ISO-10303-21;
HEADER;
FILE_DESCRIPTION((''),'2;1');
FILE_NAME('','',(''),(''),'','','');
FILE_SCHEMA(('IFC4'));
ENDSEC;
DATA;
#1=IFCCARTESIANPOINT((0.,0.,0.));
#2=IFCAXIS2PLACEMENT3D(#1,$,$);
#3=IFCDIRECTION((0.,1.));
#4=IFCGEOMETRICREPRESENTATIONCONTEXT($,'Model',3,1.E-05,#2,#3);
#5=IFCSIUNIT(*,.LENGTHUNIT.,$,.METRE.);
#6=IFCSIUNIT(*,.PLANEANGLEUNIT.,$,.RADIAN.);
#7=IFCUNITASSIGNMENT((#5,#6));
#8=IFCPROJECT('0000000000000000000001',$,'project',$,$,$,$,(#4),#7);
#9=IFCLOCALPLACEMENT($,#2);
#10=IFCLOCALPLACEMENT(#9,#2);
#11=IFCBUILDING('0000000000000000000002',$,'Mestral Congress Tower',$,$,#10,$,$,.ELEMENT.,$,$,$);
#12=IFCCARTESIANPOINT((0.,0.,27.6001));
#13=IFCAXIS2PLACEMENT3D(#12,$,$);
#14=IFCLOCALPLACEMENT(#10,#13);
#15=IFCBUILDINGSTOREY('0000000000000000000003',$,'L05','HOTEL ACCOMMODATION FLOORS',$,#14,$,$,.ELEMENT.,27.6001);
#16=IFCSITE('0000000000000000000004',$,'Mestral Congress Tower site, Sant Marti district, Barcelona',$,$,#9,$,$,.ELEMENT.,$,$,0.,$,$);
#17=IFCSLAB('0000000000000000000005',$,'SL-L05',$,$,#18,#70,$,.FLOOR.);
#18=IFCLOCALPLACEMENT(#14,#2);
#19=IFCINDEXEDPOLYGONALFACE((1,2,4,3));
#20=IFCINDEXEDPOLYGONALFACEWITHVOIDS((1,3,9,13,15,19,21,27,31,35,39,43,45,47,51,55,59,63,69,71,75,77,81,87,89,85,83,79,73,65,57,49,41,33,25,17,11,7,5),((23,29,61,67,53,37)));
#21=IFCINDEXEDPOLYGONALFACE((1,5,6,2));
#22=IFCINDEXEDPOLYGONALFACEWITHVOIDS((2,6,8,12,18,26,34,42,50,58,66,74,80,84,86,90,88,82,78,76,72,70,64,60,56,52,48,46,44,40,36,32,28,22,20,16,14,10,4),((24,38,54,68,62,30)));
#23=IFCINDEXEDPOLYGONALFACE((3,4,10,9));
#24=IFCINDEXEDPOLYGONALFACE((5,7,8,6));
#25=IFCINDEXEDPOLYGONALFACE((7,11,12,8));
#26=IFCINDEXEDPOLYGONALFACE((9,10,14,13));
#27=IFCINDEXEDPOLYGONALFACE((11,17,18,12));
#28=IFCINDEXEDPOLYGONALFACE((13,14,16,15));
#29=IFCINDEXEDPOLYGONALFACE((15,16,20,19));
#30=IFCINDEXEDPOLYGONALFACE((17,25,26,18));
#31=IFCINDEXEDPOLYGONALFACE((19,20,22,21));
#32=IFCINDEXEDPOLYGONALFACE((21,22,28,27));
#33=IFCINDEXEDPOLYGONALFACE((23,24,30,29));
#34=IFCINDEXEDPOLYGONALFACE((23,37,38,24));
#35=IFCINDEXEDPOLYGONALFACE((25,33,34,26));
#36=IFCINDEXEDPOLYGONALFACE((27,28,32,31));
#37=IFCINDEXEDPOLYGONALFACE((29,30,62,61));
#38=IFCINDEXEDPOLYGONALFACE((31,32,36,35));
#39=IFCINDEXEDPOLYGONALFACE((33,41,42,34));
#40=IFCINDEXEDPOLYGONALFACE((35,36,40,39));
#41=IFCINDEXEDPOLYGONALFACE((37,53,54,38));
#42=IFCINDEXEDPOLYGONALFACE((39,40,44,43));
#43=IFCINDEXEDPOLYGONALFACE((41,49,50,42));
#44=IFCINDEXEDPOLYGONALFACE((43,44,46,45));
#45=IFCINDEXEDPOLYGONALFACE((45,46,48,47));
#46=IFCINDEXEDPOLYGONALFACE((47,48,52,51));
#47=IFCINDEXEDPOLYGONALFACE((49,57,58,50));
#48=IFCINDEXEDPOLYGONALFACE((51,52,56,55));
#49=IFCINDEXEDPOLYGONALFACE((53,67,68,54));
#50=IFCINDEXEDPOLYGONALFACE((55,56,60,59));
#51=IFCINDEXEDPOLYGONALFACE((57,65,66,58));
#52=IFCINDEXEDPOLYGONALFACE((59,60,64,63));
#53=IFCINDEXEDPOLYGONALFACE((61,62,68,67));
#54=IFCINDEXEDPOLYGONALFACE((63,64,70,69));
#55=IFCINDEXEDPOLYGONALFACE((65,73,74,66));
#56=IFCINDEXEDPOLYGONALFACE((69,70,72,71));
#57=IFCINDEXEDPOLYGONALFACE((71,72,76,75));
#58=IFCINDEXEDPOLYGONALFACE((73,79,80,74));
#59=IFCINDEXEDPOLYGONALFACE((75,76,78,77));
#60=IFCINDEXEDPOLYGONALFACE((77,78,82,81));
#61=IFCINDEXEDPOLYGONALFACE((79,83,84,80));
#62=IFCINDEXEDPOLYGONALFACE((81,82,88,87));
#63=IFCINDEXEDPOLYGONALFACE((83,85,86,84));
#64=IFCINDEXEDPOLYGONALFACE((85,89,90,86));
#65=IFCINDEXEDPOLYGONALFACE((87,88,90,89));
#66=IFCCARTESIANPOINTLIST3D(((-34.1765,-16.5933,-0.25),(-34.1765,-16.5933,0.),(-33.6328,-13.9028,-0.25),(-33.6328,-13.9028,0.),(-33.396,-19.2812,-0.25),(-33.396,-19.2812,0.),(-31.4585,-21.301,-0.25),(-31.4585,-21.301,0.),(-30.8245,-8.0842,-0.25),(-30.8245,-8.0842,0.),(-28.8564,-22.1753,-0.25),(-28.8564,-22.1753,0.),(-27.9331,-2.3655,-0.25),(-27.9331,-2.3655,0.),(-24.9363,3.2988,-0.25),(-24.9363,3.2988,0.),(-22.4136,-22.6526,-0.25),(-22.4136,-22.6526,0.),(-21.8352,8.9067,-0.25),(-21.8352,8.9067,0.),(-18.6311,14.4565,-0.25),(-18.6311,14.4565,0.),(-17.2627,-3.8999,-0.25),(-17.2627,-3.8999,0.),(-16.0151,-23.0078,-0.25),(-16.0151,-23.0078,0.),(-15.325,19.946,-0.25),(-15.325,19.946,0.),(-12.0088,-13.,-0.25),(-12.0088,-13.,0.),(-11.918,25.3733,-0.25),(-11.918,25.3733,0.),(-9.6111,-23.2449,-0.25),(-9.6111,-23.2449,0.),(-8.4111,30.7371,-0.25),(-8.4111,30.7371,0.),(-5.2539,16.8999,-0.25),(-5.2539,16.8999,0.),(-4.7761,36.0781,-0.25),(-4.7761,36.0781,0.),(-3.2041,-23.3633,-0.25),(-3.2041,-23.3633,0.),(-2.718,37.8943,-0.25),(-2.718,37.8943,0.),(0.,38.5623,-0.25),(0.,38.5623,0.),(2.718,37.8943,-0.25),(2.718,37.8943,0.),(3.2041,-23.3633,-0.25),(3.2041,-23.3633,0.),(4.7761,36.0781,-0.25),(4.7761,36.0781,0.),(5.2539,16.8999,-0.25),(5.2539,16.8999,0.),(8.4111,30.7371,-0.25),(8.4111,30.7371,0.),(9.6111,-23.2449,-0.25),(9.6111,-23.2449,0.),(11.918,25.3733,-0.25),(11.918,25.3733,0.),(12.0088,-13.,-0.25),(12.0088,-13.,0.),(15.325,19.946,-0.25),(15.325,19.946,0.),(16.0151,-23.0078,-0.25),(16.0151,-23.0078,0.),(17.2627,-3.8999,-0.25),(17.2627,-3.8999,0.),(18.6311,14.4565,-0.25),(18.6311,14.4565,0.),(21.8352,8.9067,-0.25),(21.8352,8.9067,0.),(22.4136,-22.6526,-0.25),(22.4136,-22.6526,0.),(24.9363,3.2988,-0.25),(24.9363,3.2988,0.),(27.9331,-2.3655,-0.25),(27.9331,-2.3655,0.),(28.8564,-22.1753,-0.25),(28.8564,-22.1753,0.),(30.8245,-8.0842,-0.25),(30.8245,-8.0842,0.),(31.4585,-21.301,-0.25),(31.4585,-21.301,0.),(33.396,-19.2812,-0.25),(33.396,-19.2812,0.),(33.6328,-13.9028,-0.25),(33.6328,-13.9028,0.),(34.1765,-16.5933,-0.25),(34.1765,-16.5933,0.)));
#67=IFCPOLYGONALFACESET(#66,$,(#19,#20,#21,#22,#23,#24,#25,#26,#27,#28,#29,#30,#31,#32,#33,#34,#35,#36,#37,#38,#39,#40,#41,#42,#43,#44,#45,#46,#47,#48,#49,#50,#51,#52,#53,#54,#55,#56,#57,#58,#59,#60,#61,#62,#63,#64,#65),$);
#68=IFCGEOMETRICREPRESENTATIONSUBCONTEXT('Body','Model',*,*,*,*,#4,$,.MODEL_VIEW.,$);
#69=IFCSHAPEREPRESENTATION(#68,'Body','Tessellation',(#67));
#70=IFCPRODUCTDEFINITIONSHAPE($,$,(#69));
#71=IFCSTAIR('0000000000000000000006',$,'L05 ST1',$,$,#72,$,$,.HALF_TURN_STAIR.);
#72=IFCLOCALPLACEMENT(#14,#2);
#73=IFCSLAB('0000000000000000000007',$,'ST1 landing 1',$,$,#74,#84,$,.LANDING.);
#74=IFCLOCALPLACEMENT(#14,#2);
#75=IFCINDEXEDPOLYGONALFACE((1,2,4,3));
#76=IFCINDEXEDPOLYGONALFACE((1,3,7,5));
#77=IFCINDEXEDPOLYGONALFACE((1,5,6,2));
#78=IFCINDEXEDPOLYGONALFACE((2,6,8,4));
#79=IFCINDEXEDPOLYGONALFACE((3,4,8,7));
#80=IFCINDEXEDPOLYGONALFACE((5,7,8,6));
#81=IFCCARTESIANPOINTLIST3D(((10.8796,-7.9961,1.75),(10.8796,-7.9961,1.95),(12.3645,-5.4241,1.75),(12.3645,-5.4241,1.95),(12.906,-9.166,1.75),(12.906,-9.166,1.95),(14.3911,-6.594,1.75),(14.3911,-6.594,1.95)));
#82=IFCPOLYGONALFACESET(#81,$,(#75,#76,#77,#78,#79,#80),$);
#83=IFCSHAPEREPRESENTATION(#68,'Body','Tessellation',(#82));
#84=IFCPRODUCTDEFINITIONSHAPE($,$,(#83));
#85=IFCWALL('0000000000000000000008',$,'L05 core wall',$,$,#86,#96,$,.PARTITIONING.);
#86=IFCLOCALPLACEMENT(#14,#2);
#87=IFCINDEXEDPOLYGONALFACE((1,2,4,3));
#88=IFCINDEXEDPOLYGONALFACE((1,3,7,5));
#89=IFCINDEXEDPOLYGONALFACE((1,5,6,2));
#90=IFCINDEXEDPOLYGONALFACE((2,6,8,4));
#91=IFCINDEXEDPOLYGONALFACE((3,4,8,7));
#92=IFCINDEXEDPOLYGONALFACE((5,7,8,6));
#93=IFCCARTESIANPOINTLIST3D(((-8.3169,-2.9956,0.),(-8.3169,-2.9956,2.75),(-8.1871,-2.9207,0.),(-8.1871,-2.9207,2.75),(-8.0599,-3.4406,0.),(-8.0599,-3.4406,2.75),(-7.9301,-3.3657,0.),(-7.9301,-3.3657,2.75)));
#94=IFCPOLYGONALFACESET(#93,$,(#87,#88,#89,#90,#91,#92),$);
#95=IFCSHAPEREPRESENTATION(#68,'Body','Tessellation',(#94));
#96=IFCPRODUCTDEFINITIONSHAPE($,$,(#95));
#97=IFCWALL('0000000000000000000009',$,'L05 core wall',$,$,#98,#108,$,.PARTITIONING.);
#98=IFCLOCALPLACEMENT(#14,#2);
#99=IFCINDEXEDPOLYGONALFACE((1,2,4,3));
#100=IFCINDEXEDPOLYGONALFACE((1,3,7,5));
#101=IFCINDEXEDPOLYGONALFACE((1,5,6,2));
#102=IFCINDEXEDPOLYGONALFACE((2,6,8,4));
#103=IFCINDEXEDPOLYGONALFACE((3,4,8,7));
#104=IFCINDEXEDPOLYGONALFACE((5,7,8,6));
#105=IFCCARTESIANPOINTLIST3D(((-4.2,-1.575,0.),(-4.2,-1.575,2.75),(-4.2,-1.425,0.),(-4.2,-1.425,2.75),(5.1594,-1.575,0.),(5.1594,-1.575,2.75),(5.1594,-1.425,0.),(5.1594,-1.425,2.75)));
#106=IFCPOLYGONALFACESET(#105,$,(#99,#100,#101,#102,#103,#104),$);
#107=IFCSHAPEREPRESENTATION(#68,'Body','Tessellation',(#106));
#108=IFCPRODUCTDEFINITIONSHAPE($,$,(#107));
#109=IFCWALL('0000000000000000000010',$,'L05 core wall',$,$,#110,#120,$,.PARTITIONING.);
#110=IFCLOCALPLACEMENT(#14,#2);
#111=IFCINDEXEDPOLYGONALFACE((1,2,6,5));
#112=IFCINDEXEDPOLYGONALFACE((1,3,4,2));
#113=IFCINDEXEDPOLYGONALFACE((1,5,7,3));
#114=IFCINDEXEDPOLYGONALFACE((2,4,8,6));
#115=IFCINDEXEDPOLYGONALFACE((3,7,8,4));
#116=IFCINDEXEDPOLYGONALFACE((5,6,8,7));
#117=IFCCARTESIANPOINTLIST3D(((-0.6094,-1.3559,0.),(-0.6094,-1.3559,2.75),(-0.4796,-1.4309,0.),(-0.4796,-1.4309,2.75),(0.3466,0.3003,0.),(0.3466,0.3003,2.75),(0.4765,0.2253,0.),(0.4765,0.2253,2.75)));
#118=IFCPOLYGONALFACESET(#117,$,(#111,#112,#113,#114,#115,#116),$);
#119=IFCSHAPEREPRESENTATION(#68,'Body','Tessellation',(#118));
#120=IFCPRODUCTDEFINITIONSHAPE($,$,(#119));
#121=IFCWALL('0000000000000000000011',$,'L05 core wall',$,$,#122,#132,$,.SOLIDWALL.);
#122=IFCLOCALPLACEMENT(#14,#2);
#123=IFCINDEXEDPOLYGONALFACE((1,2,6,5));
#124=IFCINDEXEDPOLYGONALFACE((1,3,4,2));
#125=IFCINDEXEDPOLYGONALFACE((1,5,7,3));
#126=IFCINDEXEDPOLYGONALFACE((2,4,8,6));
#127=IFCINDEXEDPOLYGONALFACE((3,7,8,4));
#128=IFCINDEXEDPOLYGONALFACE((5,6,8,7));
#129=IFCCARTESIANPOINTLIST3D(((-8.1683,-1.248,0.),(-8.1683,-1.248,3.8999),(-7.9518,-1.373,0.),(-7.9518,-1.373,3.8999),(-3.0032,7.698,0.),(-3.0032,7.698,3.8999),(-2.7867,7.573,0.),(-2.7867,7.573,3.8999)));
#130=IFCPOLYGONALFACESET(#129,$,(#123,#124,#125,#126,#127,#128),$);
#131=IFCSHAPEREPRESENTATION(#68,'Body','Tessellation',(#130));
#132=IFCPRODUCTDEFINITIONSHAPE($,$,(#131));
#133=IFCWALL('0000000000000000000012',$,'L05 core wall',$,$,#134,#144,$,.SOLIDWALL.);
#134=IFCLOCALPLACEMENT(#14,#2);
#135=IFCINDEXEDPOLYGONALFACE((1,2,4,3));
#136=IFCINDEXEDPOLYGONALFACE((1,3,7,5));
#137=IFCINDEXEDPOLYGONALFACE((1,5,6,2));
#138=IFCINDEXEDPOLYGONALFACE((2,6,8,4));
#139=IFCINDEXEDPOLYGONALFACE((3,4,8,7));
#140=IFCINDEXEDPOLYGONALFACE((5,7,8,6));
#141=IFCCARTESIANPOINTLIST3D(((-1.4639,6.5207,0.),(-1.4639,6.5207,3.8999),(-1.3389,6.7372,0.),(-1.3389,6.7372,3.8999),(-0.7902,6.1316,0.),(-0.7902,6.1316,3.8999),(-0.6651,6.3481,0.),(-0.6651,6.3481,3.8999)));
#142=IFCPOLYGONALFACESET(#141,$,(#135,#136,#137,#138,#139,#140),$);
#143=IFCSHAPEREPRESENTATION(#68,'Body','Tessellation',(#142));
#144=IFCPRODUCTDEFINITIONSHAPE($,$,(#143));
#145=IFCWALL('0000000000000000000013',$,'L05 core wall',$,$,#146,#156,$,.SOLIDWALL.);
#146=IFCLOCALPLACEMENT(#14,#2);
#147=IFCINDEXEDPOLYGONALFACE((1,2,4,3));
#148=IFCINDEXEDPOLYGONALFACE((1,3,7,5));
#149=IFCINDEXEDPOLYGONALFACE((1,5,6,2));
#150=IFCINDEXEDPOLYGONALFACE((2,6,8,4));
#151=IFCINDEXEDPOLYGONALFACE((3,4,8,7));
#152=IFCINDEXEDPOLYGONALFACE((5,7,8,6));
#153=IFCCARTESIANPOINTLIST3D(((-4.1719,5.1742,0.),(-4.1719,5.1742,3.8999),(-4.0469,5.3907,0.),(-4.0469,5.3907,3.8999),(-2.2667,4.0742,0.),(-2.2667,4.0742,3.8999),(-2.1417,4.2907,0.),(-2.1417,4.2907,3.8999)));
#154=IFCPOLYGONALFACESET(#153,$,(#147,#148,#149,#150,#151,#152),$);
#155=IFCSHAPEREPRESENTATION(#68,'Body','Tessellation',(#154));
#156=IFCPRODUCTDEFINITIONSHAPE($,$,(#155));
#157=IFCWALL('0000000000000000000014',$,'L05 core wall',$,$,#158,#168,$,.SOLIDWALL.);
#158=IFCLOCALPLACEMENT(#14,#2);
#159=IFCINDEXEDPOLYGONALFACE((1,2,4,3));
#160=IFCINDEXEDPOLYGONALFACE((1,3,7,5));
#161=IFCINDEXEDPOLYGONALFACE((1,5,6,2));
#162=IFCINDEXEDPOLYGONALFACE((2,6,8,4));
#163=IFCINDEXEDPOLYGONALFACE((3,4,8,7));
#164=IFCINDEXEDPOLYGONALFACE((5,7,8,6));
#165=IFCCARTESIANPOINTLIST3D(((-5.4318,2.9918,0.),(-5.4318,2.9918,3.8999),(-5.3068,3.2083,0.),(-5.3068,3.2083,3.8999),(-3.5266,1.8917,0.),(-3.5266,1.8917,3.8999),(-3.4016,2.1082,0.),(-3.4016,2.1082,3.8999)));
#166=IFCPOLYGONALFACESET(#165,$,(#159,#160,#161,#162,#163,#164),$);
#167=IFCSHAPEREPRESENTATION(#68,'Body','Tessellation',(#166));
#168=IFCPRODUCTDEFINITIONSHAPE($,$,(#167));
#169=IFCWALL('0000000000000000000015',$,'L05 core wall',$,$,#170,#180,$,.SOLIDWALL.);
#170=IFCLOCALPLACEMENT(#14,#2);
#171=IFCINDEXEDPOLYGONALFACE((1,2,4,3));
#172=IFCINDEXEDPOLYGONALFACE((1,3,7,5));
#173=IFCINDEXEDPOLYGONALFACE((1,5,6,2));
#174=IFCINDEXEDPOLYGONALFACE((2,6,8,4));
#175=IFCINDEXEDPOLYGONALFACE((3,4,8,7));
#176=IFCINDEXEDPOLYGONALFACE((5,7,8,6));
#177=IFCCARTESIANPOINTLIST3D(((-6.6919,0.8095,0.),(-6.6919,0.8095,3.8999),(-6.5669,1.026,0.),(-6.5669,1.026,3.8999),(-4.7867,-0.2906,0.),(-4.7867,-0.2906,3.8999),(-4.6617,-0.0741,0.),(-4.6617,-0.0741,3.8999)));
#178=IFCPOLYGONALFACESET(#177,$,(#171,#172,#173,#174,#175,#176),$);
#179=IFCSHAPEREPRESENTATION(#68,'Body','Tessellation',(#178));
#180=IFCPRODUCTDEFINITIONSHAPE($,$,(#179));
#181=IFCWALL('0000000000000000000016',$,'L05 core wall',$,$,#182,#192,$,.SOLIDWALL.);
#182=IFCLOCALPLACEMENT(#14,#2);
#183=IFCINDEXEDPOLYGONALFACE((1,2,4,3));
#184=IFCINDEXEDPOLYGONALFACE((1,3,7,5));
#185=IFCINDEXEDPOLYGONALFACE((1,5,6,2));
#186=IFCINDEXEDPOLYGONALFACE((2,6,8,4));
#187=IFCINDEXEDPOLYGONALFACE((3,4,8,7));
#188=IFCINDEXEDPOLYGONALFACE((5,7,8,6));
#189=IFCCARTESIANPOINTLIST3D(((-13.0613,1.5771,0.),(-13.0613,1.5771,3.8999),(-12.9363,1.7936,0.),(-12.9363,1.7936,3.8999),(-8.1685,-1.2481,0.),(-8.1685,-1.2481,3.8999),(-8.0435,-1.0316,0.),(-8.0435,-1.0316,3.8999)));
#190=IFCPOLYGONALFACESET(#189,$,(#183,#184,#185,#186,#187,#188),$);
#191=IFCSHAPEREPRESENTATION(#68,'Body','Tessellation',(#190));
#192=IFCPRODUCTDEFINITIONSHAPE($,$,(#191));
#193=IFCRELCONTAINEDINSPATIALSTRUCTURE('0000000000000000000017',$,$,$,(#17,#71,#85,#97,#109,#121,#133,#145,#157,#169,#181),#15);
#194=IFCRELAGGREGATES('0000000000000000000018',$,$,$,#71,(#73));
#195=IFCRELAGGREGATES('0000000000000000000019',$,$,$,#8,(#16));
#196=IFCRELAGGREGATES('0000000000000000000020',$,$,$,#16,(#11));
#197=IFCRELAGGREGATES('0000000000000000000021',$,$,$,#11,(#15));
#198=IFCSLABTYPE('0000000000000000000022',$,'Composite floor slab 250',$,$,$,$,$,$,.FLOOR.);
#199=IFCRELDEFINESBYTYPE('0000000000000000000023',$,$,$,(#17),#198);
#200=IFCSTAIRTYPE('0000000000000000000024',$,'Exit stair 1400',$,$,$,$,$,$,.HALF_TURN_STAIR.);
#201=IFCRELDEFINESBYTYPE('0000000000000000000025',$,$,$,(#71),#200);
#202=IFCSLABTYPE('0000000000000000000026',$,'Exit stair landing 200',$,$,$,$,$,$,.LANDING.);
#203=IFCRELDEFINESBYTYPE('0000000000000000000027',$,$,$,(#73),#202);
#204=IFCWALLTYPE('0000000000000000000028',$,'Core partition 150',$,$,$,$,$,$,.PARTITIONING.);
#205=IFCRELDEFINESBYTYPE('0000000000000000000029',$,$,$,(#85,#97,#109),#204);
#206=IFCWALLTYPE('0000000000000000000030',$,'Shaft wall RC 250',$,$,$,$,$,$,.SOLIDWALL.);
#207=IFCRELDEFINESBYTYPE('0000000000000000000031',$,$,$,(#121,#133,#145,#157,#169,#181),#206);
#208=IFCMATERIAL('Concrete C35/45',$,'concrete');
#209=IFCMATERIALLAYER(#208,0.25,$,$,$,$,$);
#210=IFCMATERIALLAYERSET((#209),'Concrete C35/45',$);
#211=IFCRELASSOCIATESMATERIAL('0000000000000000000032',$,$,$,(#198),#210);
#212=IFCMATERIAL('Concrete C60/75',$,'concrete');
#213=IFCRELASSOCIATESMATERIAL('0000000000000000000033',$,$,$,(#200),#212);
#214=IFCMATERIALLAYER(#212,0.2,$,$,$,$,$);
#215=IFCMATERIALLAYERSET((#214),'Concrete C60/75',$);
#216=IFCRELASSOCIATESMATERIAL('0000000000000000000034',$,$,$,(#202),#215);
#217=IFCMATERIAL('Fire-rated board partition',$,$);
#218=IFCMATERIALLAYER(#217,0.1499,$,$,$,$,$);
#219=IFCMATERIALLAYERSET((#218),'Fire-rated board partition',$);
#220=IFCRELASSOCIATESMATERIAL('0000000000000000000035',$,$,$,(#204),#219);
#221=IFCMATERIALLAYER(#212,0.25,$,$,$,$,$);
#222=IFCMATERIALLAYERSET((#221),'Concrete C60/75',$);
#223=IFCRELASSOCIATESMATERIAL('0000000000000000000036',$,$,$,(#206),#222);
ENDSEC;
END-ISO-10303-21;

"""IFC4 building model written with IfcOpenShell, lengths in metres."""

from ifc_helpers import new_model, si_unit, direction, frame, frame_2d, origin, place, context, subcontext, project, spatial, polyline, rectangle, outline, extrude, material, layer, layer_set, type_object, element, aggregate, save


model = new_model("IFC4")

# Units and contexts
model_context = context("Model", 3, precision=1e-05, world=origin(), true_north=direction((0.0, 1.0)))
body_context = subcontext(model_context, "Body", "Model", "MODEL_VIEW")
ifc_project = project(units=[si_unit("LENGTHUNIT", "METRE"), si_unit("PLANEANGLEUNIT", "RADIAN")], contexts=[model_context])

# Site, building, storey
site_placement = place(None, origin())
site = spatial("IfcSite", under=ifc_project, at=site_placement, Name="Mestral Congress Tower site, Sant Marti district, Barcelona", CompositionType="ELEMENT", RefElevation=0.0)
building_placement = place(site_placement, origin())
building = spatial("IfcBuilding", under=site, at=building_placement, Name="Mestral Congress Tower", CompositionType="ELEMENT")
storey_placement = place(building_placement, frame((0.0, 0.0, 27.6001)))
storey = spatial("IfcBuildingStorey", under=building, at=storey_placement, Name="L05", Description="HOTEL ACCOMMODATION FLOORS", CompositionType="ELEMENT", Elevation=27.6001)

# Slab
ifc_material_1 = material(Name="Concrete C35/45", Category="concrete")
ifc_layer_1 = layer(ifc_material_1, 0.25)
ifc_layer_set_1 = layer_set([ifc_layer_1], Name="Concrete C35/45")
slab_type_1 = type_object("IfcSlabType", Name="Composite floor slab 250", PredefinedType="FLOOR", material=ifc_layer_set_1)
slab_1_placement = place(storey_placement, frame((0.0, 0.0, -0.25)))
element("IfcSlab", 1, at=slab_1_placement, inside=storey, type_object=slab_type_1, Name="SL-L05", PredefinedType="FLOOR", context=body_context, shape_type="SweptSolid", body=[
    extrude(outline(polyline([(-28.8564, -22.1753), (-31.4585, -21.301), (-33.396, -19.2812), (-34.1765, -16.5933), (-33.6328, -13.9028), (-30.8245, -8.0842), (-27.9331, -2.3655), (-24.9363, 3.2988), (-21.8352, 8.9067), (-18.6311, 14.4565), (-15.325, 19.946), (-11.918, 25.3733), (-8.4111, 30.7371), (-4.7761, 36.0781), (-2.718, 37.8943), (0.0, 38.5623), (2.718, 37.8943), (4.7761, 36.0781), (8.4111, 30.7371), (11.918, 25.3733), (15.325, 19.946), (18.6311, 14.4565), (21.8352, 8.9067), (24.9363, 3.2988), (27.9331, -2.3655), (30.8245, -8.0842), (33.6328, -13.9028), (34.1765, -16.5933), (33.396, -19.2812), (31.4585, -21.301), (28.8564, -22.1753), (22.4136, -22.6526), (16.0151, -23.0078), (9.6111, -23.2449), (3.2041, -23.3633), (-3.2041, -23.3633), (-9.6111, -23.2449), (-16.0151, -23.0078), (-22.4136, -22.6526), (-28.8564, -22.1753)]), holes=[polyline([(-5.2539, 16.8999), (-17.2627, -3.8999), (-12.0088, -13.0), (12.0088, -13.0), (17.2627, -3.8999), (5.2539, 16.8999), (-5.2539, 16.8999)])]), origin(), (0.0, 0.0, 1.0), 0.25),
])

# Stair, slab
ifc_material_2 = material(Name="Concrete C60/75", Category="concrete")
stair_type = type_object("IfcStairType", Name="Exit stair 1400", PredefinedType="HALF_TURN_STAIR", material=ifc_material_2)
stair_placement = place(storey_placement, origin())
stair = element("IfcStair", 2, at=stair_placement, inside=storey, type_object=stair_type, Name="L05 ST1", PredefinedType="HALF_TURN_STAIR")
ifc_layer_2 = layer(ifc_material_2, 0.2)
ifc_layer_set_2 = layer_set([ifc_layer_2], Name="Concrete C60/75")
slab_type_2 = type_object("IfcSlabType", Name="Exit stair landing 200", PredefinedType="LANDING", material=ifc_layer_set_2)
slab_2_placement = place(storey_placement, frame((0.0, 0.0, 1.75)))
slab_2 = element("IfcSlab", 3, at=slab_2_placement, type_object=slab_type_2, Name="ST1 landing 1", PredefinedType="LANDING", context=body_context, shape_type="SweptSolid", body=[
    extrude(outline(polyline([(10.8796, -7.9961), (12.3645, -5.4241), (14.3911, -6.594), (12.906, -9.166), (10.8796, -7.9961)])), origin(), (0.0, 0.0, 1.0), 0.2),
])
aggregate(stair, [slab_2])

# Walls
ifc_material_3 = material(Name="Fire-rated board partition")
ifc_layer_3 = layer(ifc_material_3, 0.1499)
ifc_layer_set_3 = layer_set([ifc_layer_3], Name="Fire-rated board partition")
wall_type_1 = type_object("IfcWallType", Name="Core partition 150", PredefinedType="PARTITIONING", material=ifc_layer_set_3)
wall_1_placement = place(storey_placement, frame((-8.252, -2.9583, 0.0), z_axis=(0.0, 0.0, 1.0), x_axis=(0.500175, -0.865925, 0.0)))
element("IfcWall", 4, at=wall_1_placement, inside=storey, type_object=wall_type_1, Name="L05 core wall", PredefinedType="PARTITIONING", context=body_context, shape_type="SweptSolid", body=[
    extrude(rectangle(XDim=0.5139, YDim=0.1499, at=frame_2d((0.2568, 0.0))), origin(), (0.0, 0.0, 1.0), 2.75),
])
wall_2_placement = place(storey_placement, frame((-4.2, -1.5, 0.0), z_axis=(0.0, 0.0, 1.0), x_axis=(1.0, 0.0, 0.0)))
element("IfcWall", 5, at=wall_2_placement, inside=storey, type_object=wall_type_1, Name="L05 core wall", PredefinedType="PARTITIONING", context=body_context, shape_type="SweptSolid", body=[
    extrude(rectangle(XDim=9.3594, YDim=0.1499, at=frame_2d((4.6797, 0.0))), origin(), (0.0, 0.0, 1.0), 2.75),
])
wall_3_placement = place(storey_placement, frame((-0.5444, -1.3933, 0.0), z_axis=(0.0, 0.0, 1.0), x_axis=(0.499929, 0.866067, 0.0)))
element("IfcWall", 6, at=wall_3_placement, inside=storey, type_object=wall_type_1, Name="L05 core wall", PredefinedType="PARTITIONING", context=body_context, shape_type="SweptSolid", body=[
    extrude(rectangle(XDim=1.9124, YDim=0.1499, at=frame_2d((0.9561, 0.0))), origin(), (0.0, 0.0, 1.0), 2.75),
])
ifc_layer_4 = layer(ifc_material_2, 0.25)
ifc_layer_set_4 = layer_set([ifc_layer_4], Name="Concrete C60/75")
wall_type_2 = type_object("IfcWallType", Name="Shaft wall RC 250", PredefinedType="SOLIDWALL", material=ifc_layer_set_4)
wall_4_placement = place(storey_placement, frame((-8.0601, -1.3105, 0.0), z_axis=(0.0, 0.0, 1.0), x_axis=(0.500003, 0.866024, 0.0)))
element("IfcWall", 7, at=wall_4_placement, inside=storey, type_object=wall_type_2, Name="L05 core wall", PredefinedType="SOLIDWALL", context=body_context, shape_type="SweptSolid", body=[
    extrude(rectangle(XDim=10.3301, YDim=0.25, at=frame_2d((5.165, 0.0))), origin(), (0.0, 0.0, 1.0), 3.8999),
])
wall_5_placement = place(storey_placement, frame((-0.7275, 6.2397, 0.0), z_axis=(0.0, 0.0, 1.0), x_axis=(-0.865956, 0.500121, 0.0)))
element("IfcWall", 8, at=wall_5_placement, inside=storey, type_object=wall_type_2, Name="L05 core wall", PredefinedType="SOLIDWALL", context=body_context, shape_type="SweptSolid", body=[
    extrude(rectangle(XDim=0.7781, YDim=0.25, at=frame_2d((0.3892, 0.0))), origin(), (0.0, 0.0, 1.0), 3.8999),
])
for number, where, z_axis, x_axis, name in (
    (9, (-2.2041, 4.1824, 0.0), (0.0, 0.0, 1.0), (-0.866008, 0.50003, 0.0), "L05 core wall"),
    (10, (-5.3694, 3.1001, 0.0), (0.0, 0.0, 1.0), (0.866008, -0.50003, 0.0), "L05 core wall"),
    (11, (-4.7241, -0.1824, 0.0), (0.0, 0.0, 1.0), (-0.866008, 0.50003, 0.0), "L05 core wall"),
):
    element("IfcWall", number, at=place(storey_placement, frame(where, z_axis=z_axis, x_axis=x_axis)), inside=storey, type_object=wall_type_2, Name=name, PredefinedType="SOLIDWALL", context=body_context, shape_type="SweptSolid", body=[
        extrude(rectangle(XDim=2.2, YDim=0.25, at=frame_2d((1.1001, 0.0))), origin(), (0.0, 0.0, 1.0), 3.8999),
    ])
wall_6_placement = place(storey_placement, frame((-8.106, -1.1399, 0.0), z_axis=(0.0, 0.0, 1.0), x_axis=(-0.866001, 0.500043, 0.0)))
element("IfcWall", 12, at=wall_6_placement, inside=storey, type_object=wall_type_2, Name="L05 core wall", PredefinedType="SOLIDWALL", context=body_context, shape_type="SweptSolid", body=[
    extrude(rectangle(XDim=5.6499, YDim=0.25, at=frame_2d((2.825, 0.0))), origin(), (0.0, 0.0, 1.0), 3.8999),
])

save(model, "model.ifc")
